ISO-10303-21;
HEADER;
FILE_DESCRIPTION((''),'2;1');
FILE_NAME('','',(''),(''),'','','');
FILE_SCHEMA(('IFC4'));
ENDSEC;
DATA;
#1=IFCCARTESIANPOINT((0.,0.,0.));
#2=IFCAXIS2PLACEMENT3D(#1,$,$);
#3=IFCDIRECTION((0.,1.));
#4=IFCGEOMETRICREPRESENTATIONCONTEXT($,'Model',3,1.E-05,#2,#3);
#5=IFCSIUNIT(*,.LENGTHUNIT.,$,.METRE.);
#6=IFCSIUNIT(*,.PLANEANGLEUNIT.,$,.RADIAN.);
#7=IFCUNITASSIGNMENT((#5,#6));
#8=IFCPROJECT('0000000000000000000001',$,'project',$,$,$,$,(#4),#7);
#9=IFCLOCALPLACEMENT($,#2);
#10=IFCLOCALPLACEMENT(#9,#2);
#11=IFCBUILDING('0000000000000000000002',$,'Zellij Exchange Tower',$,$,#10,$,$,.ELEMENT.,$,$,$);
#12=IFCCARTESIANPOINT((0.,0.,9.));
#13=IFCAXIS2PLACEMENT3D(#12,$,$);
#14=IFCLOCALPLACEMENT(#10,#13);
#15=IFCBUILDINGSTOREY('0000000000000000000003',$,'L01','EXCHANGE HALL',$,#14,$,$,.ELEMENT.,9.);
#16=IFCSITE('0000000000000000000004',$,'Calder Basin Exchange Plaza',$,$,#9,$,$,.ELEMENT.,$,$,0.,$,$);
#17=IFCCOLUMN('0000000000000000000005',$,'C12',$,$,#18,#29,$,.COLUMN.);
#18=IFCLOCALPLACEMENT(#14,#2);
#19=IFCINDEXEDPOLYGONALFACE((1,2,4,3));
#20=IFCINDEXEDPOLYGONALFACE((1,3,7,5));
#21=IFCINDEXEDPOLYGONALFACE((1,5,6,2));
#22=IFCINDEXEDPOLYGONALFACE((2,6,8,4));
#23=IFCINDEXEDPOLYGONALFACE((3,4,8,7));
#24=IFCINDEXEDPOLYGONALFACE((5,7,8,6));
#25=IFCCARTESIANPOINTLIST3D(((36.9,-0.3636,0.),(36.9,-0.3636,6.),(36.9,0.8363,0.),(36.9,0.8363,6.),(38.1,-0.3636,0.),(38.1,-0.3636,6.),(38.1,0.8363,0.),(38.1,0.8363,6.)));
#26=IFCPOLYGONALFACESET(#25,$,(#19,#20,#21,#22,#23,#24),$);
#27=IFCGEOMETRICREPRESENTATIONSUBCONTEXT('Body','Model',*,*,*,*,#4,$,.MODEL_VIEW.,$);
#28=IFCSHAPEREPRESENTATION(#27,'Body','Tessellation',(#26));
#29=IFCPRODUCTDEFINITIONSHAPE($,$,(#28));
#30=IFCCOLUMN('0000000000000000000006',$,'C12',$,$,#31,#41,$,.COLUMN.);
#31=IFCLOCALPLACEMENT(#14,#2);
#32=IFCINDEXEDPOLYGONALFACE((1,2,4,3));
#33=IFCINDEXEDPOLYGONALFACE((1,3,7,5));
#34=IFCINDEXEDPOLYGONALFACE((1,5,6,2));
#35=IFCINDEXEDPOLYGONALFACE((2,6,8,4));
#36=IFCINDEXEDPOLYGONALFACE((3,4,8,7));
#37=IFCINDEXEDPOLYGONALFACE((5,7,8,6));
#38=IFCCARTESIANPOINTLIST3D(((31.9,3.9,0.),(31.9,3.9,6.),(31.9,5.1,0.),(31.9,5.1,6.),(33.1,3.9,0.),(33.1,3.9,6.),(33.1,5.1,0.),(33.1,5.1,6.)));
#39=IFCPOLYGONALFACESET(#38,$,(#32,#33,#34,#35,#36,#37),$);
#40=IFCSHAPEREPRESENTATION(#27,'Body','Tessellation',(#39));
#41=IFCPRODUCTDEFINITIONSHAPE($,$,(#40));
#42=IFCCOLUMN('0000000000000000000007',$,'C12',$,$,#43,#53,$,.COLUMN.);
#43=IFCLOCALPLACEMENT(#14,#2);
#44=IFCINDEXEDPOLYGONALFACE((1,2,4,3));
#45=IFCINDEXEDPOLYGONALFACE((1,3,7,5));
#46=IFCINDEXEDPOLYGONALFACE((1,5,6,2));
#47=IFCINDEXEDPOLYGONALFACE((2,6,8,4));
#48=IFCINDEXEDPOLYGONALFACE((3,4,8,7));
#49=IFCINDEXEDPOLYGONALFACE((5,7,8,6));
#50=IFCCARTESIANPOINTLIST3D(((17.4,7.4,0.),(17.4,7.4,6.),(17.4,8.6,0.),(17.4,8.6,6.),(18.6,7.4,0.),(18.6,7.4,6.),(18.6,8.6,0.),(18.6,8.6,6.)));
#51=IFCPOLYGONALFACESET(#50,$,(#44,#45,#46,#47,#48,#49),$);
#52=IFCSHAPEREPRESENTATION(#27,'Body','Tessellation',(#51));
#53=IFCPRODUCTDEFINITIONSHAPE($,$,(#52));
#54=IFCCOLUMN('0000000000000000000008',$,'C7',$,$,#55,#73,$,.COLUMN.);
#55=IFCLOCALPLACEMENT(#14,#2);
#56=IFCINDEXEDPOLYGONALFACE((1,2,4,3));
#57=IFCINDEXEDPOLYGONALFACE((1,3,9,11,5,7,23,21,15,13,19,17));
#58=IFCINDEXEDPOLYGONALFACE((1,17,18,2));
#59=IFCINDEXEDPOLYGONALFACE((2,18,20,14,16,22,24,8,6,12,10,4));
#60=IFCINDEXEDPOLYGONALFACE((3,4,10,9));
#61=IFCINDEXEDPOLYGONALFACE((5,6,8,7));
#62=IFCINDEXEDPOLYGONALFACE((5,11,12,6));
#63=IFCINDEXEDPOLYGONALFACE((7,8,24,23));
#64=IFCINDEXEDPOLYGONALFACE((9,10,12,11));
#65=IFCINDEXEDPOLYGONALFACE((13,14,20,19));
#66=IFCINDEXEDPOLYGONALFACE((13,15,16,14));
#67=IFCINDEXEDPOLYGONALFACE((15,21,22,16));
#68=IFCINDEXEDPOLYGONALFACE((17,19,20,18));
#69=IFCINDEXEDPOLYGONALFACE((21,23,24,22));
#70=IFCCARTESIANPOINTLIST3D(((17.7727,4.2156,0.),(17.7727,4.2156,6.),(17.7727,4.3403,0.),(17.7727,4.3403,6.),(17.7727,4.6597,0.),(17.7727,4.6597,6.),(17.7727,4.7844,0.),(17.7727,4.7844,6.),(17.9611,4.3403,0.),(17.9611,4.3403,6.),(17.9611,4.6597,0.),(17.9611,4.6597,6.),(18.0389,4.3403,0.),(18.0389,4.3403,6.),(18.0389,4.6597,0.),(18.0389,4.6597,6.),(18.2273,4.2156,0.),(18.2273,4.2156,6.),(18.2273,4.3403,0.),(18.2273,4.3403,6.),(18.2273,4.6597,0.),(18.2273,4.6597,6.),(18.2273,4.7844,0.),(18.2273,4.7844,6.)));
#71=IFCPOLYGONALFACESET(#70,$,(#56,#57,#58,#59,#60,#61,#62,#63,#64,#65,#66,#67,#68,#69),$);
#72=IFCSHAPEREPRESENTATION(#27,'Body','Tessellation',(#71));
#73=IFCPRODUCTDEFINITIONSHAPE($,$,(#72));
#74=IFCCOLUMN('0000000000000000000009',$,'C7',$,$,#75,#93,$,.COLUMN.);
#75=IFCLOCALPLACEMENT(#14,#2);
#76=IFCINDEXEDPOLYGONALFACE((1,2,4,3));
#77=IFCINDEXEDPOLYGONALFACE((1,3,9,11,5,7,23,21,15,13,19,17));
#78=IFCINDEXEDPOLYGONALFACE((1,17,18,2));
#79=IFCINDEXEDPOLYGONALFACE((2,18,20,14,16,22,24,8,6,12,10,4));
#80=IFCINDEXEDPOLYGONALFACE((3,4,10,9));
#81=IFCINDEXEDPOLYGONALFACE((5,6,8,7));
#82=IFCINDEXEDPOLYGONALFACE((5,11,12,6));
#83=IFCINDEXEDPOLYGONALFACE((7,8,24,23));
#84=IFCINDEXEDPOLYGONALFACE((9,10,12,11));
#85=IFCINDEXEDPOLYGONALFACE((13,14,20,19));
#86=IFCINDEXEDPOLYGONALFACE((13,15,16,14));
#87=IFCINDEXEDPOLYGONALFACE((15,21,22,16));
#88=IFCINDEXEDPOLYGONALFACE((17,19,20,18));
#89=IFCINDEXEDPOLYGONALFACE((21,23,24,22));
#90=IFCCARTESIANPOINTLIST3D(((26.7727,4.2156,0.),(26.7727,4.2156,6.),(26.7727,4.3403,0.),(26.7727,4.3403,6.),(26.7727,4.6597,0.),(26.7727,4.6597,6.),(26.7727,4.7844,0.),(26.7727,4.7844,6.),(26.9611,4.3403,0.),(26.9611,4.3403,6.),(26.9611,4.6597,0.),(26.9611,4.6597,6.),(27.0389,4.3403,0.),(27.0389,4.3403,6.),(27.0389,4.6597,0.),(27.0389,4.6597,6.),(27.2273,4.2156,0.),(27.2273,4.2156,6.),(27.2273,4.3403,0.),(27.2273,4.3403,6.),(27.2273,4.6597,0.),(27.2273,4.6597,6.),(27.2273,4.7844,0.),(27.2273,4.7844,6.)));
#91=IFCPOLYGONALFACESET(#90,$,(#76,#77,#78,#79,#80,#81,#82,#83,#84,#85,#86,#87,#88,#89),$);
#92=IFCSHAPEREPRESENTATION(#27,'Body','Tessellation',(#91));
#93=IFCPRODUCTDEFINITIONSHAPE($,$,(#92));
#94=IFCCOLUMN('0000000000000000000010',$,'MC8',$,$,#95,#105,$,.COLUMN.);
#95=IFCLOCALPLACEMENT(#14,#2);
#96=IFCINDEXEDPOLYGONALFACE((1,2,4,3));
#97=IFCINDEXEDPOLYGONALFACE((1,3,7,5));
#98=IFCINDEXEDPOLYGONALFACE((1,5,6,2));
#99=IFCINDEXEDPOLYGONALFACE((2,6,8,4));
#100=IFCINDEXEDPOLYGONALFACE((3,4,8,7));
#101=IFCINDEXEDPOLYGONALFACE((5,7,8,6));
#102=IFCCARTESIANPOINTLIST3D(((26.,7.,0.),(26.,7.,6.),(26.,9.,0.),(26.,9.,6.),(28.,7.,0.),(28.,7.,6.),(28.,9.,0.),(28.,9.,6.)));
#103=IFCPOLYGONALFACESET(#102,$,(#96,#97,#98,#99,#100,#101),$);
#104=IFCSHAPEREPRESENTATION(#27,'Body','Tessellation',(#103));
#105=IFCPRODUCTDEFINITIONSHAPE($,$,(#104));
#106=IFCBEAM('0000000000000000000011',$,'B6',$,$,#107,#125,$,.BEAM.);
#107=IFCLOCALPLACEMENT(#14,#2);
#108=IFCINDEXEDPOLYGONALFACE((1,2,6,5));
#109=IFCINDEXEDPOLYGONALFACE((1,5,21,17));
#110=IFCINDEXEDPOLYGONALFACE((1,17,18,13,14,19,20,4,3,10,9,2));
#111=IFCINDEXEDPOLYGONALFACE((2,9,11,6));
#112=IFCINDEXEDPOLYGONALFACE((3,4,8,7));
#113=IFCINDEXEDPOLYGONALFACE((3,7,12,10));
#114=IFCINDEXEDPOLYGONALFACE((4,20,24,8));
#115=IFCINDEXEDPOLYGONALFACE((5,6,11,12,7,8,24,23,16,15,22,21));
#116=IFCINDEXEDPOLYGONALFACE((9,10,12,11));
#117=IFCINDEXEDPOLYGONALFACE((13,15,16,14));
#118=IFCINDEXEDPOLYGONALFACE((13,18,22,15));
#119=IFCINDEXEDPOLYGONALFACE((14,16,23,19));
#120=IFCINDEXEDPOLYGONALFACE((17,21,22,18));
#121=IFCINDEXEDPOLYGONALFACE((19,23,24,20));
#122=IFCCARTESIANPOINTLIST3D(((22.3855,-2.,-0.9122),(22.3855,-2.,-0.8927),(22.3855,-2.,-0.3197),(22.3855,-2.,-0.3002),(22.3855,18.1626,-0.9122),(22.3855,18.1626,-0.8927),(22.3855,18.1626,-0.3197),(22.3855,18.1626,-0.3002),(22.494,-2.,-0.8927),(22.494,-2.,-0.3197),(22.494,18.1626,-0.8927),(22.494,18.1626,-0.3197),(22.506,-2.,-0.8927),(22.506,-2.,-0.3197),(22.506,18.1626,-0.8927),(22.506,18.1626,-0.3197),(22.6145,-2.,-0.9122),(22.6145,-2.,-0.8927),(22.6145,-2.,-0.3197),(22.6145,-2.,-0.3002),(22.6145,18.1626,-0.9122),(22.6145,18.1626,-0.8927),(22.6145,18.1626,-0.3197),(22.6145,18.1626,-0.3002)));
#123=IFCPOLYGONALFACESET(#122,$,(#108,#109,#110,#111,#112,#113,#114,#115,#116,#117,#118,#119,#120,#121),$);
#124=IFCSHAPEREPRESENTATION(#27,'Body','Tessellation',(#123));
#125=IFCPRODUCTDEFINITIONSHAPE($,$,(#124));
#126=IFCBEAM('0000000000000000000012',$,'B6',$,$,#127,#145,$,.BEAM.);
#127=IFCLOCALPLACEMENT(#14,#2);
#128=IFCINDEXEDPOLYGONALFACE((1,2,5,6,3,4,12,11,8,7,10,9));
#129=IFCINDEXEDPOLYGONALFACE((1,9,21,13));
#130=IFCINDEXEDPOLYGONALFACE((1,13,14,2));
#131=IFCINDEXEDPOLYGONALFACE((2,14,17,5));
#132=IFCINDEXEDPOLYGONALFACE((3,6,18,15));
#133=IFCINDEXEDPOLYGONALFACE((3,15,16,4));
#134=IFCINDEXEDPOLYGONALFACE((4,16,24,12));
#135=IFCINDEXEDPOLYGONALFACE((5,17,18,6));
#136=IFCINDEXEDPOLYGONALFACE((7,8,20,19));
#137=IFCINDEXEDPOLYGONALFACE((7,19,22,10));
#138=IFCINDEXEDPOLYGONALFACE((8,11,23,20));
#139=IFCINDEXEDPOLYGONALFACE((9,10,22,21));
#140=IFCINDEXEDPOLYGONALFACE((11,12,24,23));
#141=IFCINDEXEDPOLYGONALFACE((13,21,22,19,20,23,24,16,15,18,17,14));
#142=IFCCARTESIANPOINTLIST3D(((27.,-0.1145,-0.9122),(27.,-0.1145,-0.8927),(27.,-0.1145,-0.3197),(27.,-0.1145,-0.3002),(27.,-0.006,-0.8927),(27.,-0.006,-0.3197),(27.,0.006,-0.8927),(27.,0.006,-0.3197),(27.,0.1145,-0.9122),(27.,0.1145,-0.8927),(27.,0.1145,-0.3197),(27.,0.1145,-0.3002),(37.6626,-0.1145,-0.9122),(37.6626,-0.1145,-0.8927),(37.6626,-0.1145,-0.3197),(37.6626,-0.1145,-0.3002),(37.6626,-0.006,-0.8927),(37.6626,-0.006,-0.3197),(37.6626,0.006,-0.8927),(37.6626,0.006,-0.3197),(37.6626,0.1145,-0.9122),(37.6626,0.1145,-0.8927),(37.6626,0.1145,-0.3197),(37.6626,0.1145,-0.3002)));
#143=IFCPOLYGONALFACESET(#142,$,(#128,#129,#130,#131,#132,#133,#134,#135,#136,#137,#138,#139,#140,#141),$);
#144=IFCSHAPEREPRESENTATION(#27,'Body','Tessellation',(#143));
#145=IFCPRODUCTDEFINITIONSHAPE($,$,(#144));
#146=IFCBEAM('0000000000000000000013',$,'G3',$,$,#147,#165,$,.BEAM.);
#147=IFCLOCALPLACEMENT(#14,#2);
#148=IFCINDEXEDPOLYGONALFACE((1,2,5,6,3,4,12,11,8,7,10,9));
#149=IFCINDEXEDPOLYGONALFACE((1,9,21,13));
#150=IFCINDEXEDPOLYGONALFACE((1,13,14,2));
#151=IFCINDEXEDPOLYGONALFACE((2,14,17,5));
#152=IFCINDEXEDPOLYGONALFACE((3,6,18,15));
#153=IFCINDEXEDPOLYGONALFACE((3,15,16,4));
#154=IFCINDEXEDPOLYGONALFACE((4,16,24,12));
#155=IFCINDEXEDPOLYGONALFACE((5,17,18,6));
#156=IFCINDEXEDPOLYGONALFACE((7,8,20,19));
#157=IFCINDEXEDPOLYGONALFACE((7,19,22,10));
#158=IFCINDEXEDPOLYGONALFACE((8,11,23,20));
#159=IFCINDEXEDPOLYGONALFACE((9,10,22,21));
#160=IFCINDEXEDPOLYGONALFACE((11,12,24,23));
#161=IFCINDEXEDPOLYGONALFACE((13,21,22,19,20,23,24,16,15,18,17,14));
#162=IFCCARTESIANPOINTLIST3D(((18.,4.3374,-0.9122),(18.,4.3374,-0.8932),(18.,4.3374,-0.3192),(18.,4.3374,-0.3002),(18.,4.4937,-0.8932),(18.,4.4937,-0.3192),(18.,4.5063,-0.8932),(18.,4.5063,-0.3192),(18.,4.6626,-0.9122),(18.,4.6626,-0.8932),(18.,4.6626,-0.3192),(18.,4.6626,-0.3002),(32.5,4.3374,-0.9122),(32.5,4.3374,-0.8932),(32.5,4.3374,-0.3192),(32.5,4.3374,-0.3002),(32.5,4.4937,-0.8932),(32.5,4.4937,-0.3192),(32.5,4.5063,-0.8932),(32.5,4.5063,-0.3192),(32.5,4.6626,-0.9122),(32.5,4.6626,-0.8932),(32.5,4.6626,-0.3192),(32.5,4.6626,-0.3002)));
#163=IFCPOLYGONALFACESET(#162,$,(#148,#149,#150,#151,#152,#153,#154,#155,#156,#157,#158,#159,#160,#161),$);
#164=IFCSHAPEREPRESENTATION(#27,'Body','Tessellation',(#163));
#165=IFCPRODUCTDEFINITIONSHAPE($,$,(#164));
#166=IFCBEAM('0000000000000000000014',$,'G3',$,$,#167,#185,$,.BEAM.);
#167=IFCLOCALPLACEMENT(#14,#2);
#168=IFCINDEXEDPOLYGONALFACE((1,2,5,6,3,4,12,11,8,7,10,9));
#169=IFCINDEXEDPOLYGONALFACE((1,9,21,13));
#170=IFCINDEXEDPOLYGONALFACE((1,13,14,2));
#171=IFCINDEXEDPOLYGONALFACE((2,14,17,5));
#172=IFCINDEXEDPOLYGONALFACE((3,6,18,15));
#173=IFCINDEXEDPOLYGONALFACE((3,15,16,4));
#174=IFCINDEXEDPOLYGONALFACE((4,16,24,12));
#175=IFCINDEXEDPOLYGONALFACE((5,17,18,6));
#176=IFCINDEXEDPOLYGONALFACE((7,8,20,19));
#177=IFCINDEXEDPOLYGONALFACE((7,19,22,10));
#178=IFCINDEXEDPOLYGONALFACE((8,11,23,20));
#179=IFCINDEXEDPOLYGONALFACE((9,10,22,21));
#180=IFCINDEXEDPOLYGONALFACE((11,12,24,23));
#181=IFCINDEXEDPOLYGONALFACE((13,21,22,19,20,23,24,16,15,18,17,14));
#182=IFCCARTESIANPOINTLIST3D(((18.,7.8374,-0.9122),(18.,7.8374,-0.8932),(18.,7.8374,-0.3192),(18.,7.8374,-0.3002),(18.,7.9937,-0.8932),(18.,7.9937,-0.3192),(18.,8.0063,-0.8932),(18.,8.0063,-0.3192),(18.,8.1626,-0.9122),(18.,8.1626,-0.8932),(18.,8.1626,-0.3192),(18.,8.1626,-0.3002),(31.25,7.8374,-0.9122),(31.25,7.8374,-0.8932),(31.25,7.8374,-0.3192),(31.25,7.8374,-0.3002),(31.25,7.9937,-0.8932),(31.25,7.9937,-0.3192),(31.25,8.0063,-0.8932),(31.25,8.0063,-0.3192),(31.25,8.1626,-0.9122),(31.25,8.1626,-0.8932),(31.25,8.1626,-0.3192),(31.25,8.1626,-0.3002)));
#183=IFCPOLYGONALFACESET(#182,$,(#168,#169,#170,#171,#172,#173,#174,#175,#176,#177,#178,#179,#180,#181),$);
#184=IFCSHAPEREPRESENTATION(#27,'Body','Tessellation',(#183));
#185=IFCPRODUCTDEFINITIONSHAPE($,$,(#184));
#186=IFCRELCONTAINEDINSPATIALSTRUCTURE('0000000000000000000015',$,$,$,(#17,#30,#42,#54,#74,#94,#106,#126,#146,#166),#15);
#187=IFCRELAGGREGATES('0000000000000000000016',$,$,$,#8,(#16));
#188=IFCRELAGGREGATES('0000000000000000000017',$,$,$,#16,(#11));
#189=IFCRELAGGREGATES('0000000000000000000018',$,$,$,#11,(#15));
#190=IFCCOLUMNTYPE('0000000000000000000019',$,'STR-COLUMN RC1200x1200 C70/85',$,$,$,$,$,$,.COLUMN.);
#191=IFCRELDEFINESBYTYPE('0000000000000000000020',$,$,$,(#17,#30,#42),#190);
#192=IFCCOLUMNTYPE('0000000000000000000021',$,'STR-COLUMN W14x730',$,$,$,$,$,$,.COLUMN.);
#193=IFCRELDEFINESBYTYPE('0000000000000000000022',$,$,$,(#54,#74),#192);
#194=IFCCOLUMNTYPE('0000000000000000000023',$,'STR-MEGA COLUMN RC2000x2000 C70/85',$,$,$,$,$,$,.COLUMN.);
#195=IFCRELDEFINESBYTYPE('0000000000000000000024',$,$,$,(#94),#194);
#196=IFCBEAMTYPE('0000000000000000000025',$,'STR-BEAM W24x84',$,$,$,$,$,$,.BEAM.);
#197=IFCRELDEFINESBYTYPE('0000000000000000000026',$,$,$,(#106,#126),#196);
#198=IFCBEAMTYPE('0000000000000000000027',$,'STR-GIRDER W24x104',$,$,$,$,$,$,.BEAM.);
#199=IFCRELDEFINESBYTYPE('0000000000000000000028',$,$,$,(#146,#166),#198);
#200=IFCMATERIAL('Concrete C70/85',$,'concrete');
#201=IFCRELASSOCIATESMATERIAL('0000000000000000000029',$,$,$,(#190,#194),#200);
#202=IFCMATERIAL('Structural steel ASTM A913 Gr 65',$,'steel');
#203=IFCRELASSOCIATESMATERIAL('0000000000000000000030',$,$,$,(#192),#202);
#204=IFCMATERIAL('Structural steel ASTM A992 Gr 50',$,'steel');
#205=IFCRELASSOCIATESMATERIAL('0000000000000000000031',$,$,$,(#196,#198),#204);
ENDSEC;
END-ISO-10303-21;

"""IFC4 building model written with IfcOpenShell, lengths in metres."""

from ifc_helpers import new_model, si_unit, direction, frame, origin, origin_2d, place, context, subcontext, project, spatial, rectangle, i_section, extrude, material, material_profile, profile_set, type_object, element, save


model = new_model("IFC4")

# Units and contexts
model_context = context("Model", 3, precision=1e-05, world=origin(), true_north=direction((0.0, 1.0)))
body_context = subcontext(model_context, "Body", "Model", "MODEL_VIEW")
ifc_project = project(units=[si_unit("LENGTHUNIT", "METRE"), si_unit("PLANEANGLEUNIT", "RADIAN")], contexts=[model_context])

# Site, building, storey
site_placement = place(None, origin())
site = spatial("IfcSite", under=ifc_project, at=site_placement, Name="Calder Basin Exchange Plaza", CompositionType="ELEMENT", RefElevation=0.0)
building_placement = place(site_placement, origin())
building = spatial("IfcBuilding", under=site, at=building_placement, Name="Zellij Exchange Tower", CompositionType="ELEMENT")
storey_placement = place(building_placement, frame((0.0, 0.0, 9.0)))
storey = spatial("IfcBuildingStorey", under=building, at=storey_placement, Name="L01", Description="EXCHANGE HALL", CompositionType="ELEMENT", Elevation=9.0)

# Columns
ifc_material_1 = material(Name="Concrete C70/85", Category="concrete")
ifc_material_profile_1 = material_profile(ifc_material_1, rectangle(XDim=1.2, YDim=1.2, at=origin_2d()), Name="STR-COLUMN RC1200x1200 C70/85")
ifc_profile_set_1 = profile_set([ifc_material_profile_1], Name="Concrete C70/85")
column_type_1 = type_object("IfcColumnType", Name="STR-COLUMN RC1200x1200 C70/85", PredefinedType="COLUMN", material=ifc_profile_set_1)
for number, where, z_axis, x_axis, name in (
    (1, (37.5, 0.2363, 0.0), (0.0, 0.0, 1.0), (1.0, 0.0, 0.0), "C12"),
    (2, (32.5, 4.5, 0.0), (0.0, 0.0, 1.0), (1.0, 0.0, 0.0), "C12"),
    (3, (18.0, 8.0, 0.0), (0.0, 0.0, 1.0), (1.0, 0.0, 0.0), "C12"),
):
    element("IfcColumn", number, at=place(storey_placement, frame(where, z_axis=z_axis, x_axis=x_axis)), inside=storey, type_object=column_type_1, Name=name, PredefinedType="COLUMN", context=body_context, shape_type="SweptSolid", body=[
        extrude(rectangle(XDim=1.2, YDim=1.2, at=origin_2d()), origin(), (0.0, 0.0, 1.0), 6.0),
    ])
ifc_material_2 = material(Name="Structural steel ASTM A913 Gr 65", Category="steel")
ifc_material_profile_2 = material_profile(ifc_material_2, i_section(OverallWidth=0.4546, OverallDepth=0.5688, WebThickness=0.0779, FlangeThickness=0.1248, at=origin_2d()), Name="W14x730")
ifc_profile_set_2 = profile_set([ifc_material_profile_2], Name="Structural steel ASTM A913 Gr 65")
column_type_2 = type_object("IfcColumnType", Name="STR-COLUMN W14x730", PredefinedType="COLUMN", material=ifc_profile_set_2)
for number, where, z_axis, x_axis, name in (
    (4, (18.0, 4.5, 0.0), (0.0, 0.0, 1.0), (1.0, 0.0, 0.0), "C7"),
    (5, (27.0, 4.5, 0.0), (0.0, 0.0, 1.0), (1.0, 0.0, 0.0), "C7"),
):
    element("IfcColumn", number, at=place(storey_placement, frame(where, z_axis=z_axis, x_axis=x_axis)), inside=storey, type_object=column_type_2, Name=name, PredefinedType="COLUMN", context=body_context, shape_type="SweptSolid", body=[
        extrude(i_section(OverallWidth=0.4546, OverallDepth=0.5688, WebThickness=0.0779, FlangeThickness=0.1248, at=origin_2d()), origin(), (0.0, 0.0, 1.0), 6.0),
    ])
ifc_material_profile_3 = material_profile(ifc_material_1, rectangle(XDim=2.0, YDim=2.0, at=origin_2d()), Name="STR-MEGA COLUMN RC2000x2000 C70/85")
ifc_profile_set_3 = profile_set([ifc_material_profile_3], Name="Concrete C70/85")
column_type_3 = type_object("IfcColumnType", Name="STR-MEGA COLUMN RC2000x2000 C70/85", PredefinedType="COLUMN", material=ifc_profile_set_3)
column_placement = place(storey_placement, frame((27.0, 8.0, 0.0), z_axis=(0.0, 0.0, 1.0), x_axis=(1.0, 0.0, 0.0)))
element("IfcColumn", 6, at=column_placement, inside=storey, type_object=column_type_3, Name="MC8", PredefinedType="COLUMN", context=body_context, shape_type="SweptSolid", body=[
    extrude(rectangle(XDim=2.0, YDim=2.0, at=origin_2d()), origin(), (0.0, 0.0, 1.0), 6.0),
])

# Beams
ifc_material_3 = material(Name="Structural steel ASTM A992 Gr 50", Category="steel")
ifc_material_profile_4 = material_profile(ifc_material_3, i_section(OverallWidth=0.229, OverallDepth=0.6121, WebThickness=0.012, FlangeThickness=0.0195, at=origin_2d()), Name="W24x84")
ifc_profile_set_4 = profile_set([ifc_material_profile_4], Name="Structural steel ASTM A992 Gr 50")
beam_type_1 = type_object("IfcBeamType", Name="STR-BEAM W24x84", PredefinedType="BEAM", material=ifc_profile_set_4)
beam_1_placement = place(storey_placement, frame((22.5, -2.0, -0.6062), z_axis=(0.0, 1.0, 0.0), x_axis=(-1.0, 0.0, 0.0)))
element("IfcBeam", 7, at=beam_1_placement, inside=storey, type_object=beam_type_1, Name="B6", PredefinedType="BEAM", context=body_context, shape_type="SweptSolid", body=[
    extrude(i_section(OverallWidth=0.229, OverallDepth=0.6121, WebThickness=0.012, FlangeThickness=0.0195, at=origin_2d()), origin(), (0.0, 0.0, 1.0), 20.1626),
])
beam_2_placement = place(storey_placement, frame((27.0, 0.0, -0.6062), z_axis=(1.0, 0.0, 0.0), x_axis=(0.0, 1.0, 0.0)))
element("IfcBeam", 8, at=beam_2_placement, inside=storey, type_object=beam_type_1, Name="B6", PredefinedType="BEAM", context=body_context, shape_type="SweptSolid", body=[
    extrude(i_section(OverallWidth=0.229, OverallDepth=0.6121, WebThickness=0.012, FlangeThickness=0.0195, at=origin_2d()), origin(), (0.0, 0.0, 1.0), 10.6626),
])
ifc_material_profile_5 = material_profile(ifc_material_3, i_section(OverallWidth=0.3252, OverallDepth=0.6121, WebThickness=0.0127, FlangeThickness=0.019, at=origin_2d()), Name="W24x104")
ifc_profile_set_5 = profile_set([ifc_material_profile_5], Name="Structural steel ASTM A992 Gr 50")
beam_type_2 = type_object("IfcBeamType", Name="STR-GIRDER W24x104", PredefinedType="BEAM", material=ifc_profile_set_5)
beam_3_placement = place(storey_placement, frame((18.0, 4.5, -0.6062), z_axis=(1.0, 0.0, 0.0), x_axis=(0.0, 1.0, 0.0)))
element("IfcBeam", 9, at=beam_3_placement, inside=storey, type_object=beam_type_2, Name="G3", PredefinedType="BEAM", context=body_context, shape_type="SweptSolid", body=[
    extrude(i_section(OverallWidth=0.3252, OverallDepth=0.6121, WebThickness=0.0127, FlangeThickness=0.019, at=origin_2d()), origin(), (0.0, 0.0, 1.0), 14.5),
])
beam_4_placement = place(storey_placement, frame((18.0, 8.0, -0.6062), z_axis=(1.0, 0.0, 0.0), x_axis=(0.0, 1.0, 0.0)))
element("IfcBeam", 10, at=beam_4_placement, inside=storey, type_object=beam_type_2, Name="G3", PredefinedType="BEAM", context=body_context, shape_type="SweptSolid", body=[
    extrude(i_section(OverallWidth=0.3252, OverallDepth=0.6121, WebThickness=0.0127, FlangeThickness=0.019, at=origin_2d()), origin(), (0.0, 0.0, 1.0), 13.25),
])

save(model, "model.ifc")
